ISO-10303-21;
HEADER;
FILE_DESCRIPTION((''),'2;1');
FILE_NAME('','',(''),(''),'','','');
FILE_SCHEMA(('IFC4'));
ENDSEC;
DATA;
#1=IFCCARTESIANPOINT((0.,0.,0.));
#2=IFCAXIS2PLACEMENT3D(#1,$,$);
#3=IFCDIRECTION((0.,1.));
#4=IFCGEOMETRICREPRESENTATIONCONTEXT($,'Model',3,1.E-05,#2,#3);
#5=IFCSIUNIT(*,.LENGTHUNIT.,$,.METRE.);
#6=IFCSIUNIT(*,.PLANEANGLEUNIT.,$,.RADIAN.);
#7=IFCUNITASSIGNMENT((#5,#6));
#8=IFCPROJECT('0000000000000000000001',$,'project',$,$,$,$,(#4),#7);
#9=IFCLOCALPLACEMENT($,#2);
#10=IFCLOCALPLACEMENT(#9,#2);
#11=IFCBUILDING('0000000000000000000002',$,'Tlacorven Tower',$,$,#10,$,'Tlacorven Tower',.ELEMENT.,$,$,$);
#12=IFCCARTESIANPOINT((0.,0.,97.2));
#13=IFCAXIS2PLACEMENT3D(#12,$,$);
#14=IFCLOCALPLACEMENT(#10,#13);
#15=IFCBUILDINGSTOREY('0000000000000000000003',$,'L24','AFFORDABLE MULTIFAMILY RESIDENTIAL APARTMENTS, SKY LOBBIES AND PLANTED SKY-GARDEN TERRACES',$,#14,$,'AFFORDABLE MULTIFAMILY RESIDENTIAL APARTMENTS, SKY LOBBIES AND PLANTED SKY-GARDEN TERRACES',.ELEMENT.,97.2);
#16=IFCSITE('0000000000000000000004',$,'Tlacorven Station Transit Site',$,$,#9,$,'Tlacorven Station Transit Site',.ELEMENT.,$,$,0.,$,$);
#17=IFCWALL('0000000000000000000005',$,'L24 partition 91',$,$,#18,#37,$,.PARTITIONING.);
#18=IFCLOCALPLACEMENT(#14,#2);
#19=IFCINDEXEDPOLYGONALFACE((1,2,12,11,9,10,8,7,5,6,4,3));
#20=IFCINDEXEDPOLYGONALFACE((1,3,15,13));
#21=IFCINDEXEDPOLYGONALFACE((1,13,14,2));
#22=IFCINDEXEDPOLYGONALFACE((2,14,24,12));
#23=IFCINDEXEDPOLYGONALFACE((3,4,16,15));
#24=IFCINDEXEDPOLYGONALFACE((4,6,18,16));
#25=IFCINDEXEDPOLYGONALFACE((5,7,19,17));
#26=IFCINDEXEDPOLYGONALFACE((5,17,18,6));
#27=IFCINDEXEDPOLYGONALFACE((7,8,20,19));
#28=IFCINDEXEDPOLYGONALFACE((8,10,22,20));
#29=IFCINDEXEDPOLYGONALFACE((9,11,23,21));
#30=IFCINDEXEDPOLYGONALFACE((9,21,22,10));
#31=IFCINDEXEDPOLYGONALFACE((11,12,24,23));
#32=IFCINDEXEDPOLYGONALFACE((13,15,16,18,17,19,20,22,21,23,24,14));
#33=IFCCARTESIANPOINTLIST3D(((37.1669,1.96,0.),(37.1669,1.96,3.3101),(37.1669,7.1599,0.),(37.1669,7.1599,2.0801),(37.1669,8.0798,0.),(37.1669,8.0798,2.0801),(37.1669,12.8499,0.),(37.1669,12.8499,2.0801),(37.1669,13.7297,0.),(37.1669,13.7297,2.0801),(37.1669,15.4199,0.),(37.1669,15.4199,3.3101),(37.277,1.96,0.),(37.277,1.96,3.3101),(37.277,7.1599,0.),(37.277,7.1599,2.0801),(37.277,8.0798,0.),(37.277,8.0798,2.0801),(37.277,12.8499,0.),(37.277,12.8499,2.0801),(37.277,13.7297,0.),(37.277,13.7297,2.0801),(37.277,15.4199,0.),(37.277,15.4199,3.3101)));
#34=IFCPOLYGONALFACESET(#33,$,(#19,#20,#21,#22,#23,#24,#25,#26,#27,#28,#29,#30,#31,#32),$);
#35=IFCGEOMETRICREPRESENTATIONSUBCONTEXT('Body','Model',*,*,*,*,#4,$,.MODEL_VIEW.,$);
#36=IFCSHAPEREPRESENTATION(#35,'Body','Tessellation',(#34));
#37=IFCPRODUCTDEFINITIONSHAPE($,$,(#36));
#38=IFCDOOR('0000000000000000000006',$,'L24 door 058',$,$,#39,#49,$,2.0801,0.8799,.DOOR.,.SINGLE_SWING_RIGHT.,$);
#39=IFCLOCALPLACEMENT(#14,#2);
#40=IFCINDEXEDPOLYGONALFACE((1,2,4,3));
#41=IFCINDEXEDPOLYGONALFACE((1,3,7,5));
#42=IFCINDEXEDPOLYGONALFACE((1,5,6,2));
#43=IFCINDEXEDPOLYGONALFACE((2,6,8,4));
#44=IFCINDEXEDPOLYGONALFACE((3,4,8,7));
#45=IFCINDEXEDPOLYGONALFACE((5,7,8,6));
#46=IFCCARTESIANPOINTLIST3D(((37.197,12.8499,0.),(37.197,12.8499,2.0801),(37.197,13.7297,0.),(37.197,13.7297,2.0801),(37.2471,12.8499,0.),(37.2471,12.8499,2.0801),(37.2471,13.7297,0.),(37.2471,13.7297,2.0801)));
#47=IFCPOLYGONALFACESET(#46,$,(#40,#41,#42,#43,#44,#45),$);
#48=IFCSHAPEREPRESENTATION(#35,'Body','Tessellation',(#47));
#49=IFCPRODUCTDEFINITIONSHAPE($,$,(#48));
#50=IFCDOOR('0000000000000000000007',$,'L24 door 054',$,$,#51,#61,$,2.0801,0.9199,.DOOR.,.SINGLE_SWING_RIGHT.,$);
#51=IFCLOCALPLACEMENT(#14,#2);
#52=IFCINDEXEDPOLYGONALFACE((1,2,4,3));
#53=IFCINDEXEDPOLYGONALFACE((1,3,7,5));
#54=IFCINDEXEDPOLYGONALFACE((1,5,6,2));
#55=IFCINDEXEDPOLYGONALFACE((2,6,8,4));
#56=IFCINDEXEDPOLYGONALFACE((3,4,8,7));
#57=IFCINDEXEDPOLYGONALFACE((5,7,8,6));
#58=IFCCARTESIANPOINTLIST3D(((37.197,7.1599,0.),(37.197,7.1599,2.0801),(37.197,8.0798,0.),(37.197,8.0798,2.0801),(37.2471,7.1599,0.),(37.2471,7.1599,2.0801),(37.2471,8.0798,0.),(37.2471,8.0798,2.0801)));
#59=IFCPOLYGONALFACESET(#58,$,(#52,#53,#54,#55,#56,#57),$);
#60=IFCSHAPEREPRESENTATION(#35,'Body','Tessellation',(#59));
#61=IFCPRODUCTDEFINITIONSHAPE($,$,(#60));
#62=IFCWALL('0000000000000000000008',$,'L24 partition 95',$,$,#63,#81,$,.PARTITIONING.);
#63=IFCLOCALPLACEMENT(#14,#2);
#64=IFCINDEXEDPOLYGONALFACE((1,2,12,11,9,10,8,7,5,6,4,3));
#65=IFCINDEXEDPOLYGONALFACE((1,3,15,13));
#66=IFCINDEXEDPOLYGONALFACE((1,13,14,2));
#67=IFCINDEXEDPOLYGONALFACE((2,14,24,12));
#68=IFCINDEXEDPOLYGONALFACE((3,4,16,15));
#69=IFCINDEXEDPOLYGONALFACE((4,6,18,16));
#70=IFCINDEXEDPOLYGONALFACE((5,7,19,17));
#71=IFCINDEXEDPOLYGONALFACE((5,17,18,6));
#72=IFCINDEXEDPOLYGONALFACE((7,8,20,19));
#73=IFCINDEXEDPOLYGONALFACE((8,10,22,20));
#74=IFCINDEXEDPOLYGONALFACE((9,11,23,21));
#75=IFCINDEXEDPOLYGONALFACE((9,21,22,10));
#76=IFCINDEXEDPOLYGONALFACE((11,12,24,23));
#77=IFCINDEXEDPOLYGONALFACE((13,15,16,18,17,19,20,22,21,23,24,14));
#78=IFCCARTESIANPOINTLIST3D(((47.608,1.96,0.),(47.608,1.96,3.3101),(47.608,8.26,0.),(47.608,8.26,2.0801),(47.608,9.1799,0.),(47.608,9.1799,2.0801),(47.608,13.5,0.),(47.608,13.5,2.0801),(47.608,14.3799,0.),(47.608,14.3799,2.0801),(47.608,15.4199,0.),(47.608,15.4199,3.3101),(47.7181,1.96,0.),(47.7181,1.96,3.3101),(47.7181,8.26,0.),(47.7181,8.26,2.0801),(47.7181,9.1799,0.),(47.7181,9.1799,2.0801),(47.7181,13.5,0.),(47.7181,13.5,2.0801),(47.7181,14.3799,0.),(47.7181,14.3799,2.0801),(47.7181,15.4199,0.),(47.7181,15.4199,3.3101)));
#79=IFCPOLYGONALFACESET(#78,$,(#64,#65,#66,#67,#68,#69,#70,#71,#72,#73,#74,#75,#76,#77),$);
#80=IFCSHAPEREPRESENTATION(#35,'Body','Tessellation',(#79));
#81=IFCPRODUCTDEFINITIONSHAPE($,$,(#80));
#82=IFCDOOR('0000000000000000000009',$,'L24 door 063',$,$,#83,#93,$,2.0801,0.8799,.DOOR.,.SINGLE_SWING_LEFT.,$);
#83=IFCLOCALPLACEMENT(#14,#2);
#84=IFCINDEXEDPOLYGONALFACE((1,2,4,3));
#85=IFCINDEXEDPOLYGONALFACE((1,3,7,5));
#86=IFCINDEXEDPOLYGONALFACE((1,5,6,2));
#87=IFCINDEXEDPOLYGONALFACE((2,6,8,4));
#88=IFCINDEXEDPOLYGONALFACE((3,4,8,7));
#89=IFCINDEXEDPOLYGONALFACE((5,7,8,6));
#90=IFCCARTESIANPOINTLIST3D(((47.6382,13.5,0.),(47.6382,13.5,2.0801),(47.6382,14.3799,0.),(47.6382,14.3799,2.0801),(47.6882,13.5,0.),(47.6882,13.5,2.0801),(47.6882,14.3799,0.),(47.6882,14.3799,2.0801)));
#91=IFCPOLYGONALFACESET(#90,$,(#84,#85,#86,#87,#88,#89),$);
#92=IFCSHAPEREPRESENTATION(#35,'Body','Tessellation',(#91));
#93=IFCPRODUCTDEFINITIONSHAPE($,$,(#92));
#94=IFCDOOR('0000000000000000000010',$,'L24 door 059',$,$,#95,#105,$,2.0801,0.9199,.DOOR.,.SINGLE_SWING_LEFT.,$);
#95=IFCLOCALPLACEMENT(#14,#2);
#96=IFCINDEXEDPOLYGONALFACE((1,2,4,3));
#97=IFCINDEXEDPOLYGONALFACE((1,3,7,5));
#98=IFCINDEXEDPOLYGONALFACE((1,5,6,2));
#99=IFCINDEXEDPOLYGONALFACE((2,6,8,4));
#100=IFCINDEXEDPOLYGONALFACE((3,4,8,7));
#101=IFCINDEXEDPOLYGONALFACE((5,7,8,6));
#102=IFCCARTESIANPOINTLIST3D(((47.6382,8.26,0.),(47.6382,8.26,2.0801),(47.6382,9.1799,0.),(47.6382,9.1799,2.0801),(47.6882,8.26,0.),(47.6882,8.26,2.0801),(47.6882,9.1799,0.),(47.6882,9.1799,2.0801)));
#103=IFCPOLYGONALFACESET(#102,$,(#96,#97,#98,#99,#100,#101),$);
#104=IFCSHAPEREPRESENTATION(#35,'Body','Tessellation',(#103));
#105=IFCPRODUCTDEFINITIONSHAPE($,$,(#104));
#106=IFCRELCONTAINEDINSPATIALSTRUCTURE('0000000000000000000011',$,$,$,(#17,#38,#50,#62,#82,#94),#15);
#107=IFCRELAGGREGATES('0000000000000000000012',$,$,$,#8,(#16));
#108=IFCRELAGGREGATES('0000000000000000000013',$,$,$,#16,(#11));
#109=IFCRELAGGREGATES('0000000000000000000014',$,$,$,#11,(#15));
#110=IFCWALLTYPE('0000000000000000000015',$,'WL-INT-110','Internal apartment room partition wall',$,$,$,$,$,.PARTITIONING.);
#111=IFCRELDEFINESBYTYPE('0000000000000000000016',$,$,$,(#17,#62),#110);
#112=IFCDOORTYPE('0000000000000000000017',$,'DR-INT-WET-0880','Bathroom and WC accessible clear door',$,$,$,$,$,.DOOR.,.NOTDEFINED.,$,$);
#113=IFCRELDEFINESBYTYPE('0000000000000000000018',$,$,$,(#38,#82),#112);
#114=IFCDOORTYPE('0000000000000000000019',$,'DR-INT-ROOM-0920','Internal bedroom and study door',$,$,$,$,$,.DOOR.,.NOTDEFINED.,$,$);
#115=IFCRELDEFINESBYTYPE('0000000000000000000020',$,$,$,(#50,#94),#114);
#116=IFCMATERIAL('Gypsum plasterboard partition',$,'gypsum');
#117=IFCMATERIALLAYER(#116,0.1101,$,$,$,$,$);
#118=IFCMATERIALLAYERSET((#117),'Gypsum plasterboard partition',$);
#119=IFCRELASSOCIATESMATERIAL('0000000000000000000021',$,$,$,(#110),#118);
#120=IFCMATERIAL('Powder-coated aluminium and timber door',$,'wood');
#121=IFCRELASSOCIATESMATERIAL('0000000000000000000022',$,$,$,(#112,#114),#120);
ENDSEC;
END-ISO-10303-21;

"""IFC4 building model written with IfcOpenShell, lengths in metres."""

from ifc_helpers import new_model, si_unit, direction, frame, frame_2d, origin, place, context, subcontext, project, spatial, rectangle, extrude, source, transform, mapped, material, layer, layer_set, type_object, element, fill, save


model = new_model("IFC4")

# Units and contexts
model_context = context("Model", 3, precision=1e-05, world=origin(), true_north=direction((0.0, 1.0)))
body_context = subcontext(model_context, "Body", "Model", "MODEL_VIEW")
ifc_project = project(units=[si_unit("LENGTHUNIT", "METRE"), si_unit("PLANEANGLEUNIT", "RADIAN")], contexts=[model_context])

# Site, building, storey
site_placement = place(None, origin())
site = spatial("IfcSite", under=ifc_project, at=site_placement, Name="Tlacorven Station Transit Site", LongName="Tlacorven Station Transit Site", CompositionType="ELEMENT", RefElevation=0.0)
building_placement = place(site_placement, origin())
building = spatial("IfcBuilding", under=site, at=building_placement, Name="Tlacorven Tower", LongName="Tlacorven Tower", CompositionType="ELEMENT")
storey_placement = place(building_placement, frame((0.0, 0.0, 97.2)))
storey = spatial("IfcBuildingStorey", under=building, at=storey_placement, Name="L24", Description="AFFORDABLE MULTIFAMILY RESIDENTIAL APARTMENTS, SKY LOBBIES AND PLANTED SKY-GARDEN TERRACES", LongName="AFFORDABLE MULTIFAMILY RESIDENTIAL APARTMENTS, SKY LOBBIES AND PLANTED SKY-GARDEN TERRACES", CompositionType="ELEMENT", Elevation=97.2)

# Walls, openings, doors
ifc_material_1 = material(Name="Gypsum plasterboard partition", Category="gypsum")
ifc_layer_1 = layer(ifc_material_1, 0.1101)
ifc_layer_set_1 = layer_set([ifc_layer_1], Name="Gypsum plasterboard partition")
wall_type_1 = type_object("IfcWallType", Name="WL-INT-110", Description="Internal apartment room partition wall", PredefinedType="PARTITIONING", material=ifc_layer_set_1)
wall_1_placement = place(storey_placement, frame((37.2219, 1.96, 0.0), z_axis=(0.0, 0.0, 1.0), x_axis=(0.0, 1.0, 0.0)))
wall_1 = element("IfcWall", 1, at=wall_1_placement, inside=storey, type_object=wall_type_1, Name="L24 partition 91", PredefinedType="PARTITIONING", context=body_context, shape_type="SweptSolid", body=[
    extrude(rectangle(XDim=13.46, YDim=0.1101, at=frame_2d((6.73, 0.0))), origin(), (0.0, 0.0, 1.0), 3.3101),
])
opening_1_placement = place(wall_1_placement, frame((5.2, 0.0, 0.0)))
opening_1 = element("IfcOpeningElement", 2, at=opening_1_placement, cuts=wall_1, PredefinedType="OPENING", context=body_context, shape_type="SweptSolid", body=[
    extrude(rectangle(XDim=0.9199, YDim=2.0801, at=frame_2d((0.46, 1.04))), frame((0.0, 0.0649, 0.0), z_axis=(0.0, -1.0, 0.0), x_axis=(1.0, 0.0, 0.0)), (0.0, 0.0, 1.0), 0.1301),
])
opening_2_placement = place(wall_1_placement, frame((10.8899, 0.0, 0.0)))
opening_2 = element("IfcOpeningElement", 3, at=opening_2_placement, cuts=wall_1, PredefinedType="OPENING", context=body_context, shape_type="SweptSolid", body=[
    extrude(rectangle(XDim=0.8799, YDim=2.0801, at=frame_2d((0.4399, 1.04))), frame((0.0, 0.0649, 0.0), z_axis=(0.0, -1.0, 0.0), x_axis=(1.0, 0.0, 0.0)), (0.0, 0.0, 1.0), 0.1301),
])
ifc_material_2 = material(Name="Powder-coated aluminium and timber door", Category="wood")
door_type_1 = type_object("IfcDoorType", Name="DR-INT-WET-0880", Description="Bathroom and WC accessible clear door", OperationType="NOTDEFINED", PredefinedType="DOOR", material=ifc_material_2)
shared_shape_1 = source(origin(), body_context, "Body", "SweptSolid", [
    extrude(rectangle(XDim=0.8799, YDim=2.0801, at=frame_2d((0.4399, 1.04))), frame((0.0, 0.0249, 0.0), z_axis=(0.0, -1.0, 0.0), x_axis=(1.0, 0.0, 0.0)), (0.0, 0.0, 1.0), 0.05),
])
door_1_placement = place(opening_2_placement, origin())
door_1 = element("IfcDoor", 4, at=door_1_placement, inside=storey, type_object=door_type_1, Name="L24 door 058", OperationType="SINGLE_SWING_RIGHT", OverallHeight=2.0801, OverallWidth=0.8799, PredefinedType="DOOR", context=body_context, shape_type="MappedRepresentation", body=[
    mapped(shared_shape_1, transform((0.0, 0.0, 0.0), scale=1.0)),
])
fill(opening_2, door_1)
door_type_2 = type_object("IfcDoorType", Name="DR-INT-ROOM-0920", Description="Internal bedroom and study door", OperationType="NOTDEFINED", PredefinedType="DOOR", material=ifc_material_2)
shared_shape_2 = source(origin(), body_context, "Body", "SweptSolid", [
    extrude(rectangle(XDim=0.9199, YDim=2.0801, at=frame_2d((0.46, 1.04))), frame((0.0, 0.0249, 0.0), z_axis=(0.0, -1.0, 0.0), x_axis=(1.0, 0.0, 0.0)), (0.0, 0.0, 1.0), 0.05),
])
door_2_placement = place(opening_1_placement, origin())
door_2 = element("IfcDoor", 5, at=door_2_placement, inside=storey, type_object=door_type_2, Name="L24 door 054", OperationType="SINGLE_SWING_RIGHT", OverallHeight=2.0801, OverallWidth=0.9199, PredefinedType="DOOR", context=body_context, shape_type="MappedRepresentation", body=[
    mapped(shared_shape_2, transform((0.0, 0.0, 0.0), scale=1.0)),
])
fill(opening_1, door_2)
wall_2_placement = place(storey_placement, frame((47.6631, 1.96, 0.0), z_axis=(0.0, 0.0, 1.0), x_axis=(0.0, 1.0, 0.0)))
wall_2 = element("IfcWall", 6, at=wall_2_placement, inside=storey, type_object=wall_type_1, Name="L24 partition 95", PredefinedType="PARTITIONING", context=body_context, shape_type="SweptSolid", body=[
    extrude(rectangle(XDim=13.46, YDim=0.1101, at=frame_2d((6.73, 0.0))), origin(), (0.0, 0.0, 1.0), 3.3101),
])
opening_3_placement = place(wall_2_placement, frame((6.3, 0.0, 0.0)))
opening_3 = element("IfcOpeningElement", 7, at=opening_3_placement, cuts=wall_2, PredefinedType="OPENING", context=body_context, shape_type="SweptSolid", body=[
    extrude(rectangle(XDim=0.9199, YDim=2.0801, at=frame_2d((0.46, 1.04))), frame((0.0, 0.0649, 0.0), z_axis=(0.0, -1.0, 0.0), x_axis=(1.0, 0.0, 0.0)), (0.0, 0.0, 1.0), 0.1301),
])
opening_4_placement = place(wall_2_placement, frame((11.54, 0.0, 0.0)))
opening_4 = element("IfcOpeningElement", 8, at=opening_4_placement, cuts=wall_2, PredefinedType="OPENING", context=body_context, shape_type="SweptSolid", body=[
    extrude(rectangle(XDim=0.8799, YDim=2.0801, at=frame_2d((0.4399, 1.04))), frame((0.0, 0.0649, 0.0), z_axis=(0.0, -1.0, 0.0), x_axis=(1.0, 0.0, 0.0)), (0.0, 0.0, 1.0), 0.1301),
])
door_3_placement = place(opening_4_placement, origin())
door_3 = element("IfcDoor", 9, at=door_3_placement, inside=storey, type_object=door_type_1, Name="L24 door 063", OperationType="SINGLE_SWING_LEFT", OverallHeight=2.0801, OverallWidth=0.8799, PredefinedType="DOOR", context=body_context, shape_type="MappedRepresentation", body=[
    mapped(shared_shape_1, transform((0.0, 0.0, 0.0), scale=1.0)),
])
fill(opening_4, door_3)
door_4_placement = place(opening_3_placement, origin())
door_4 = element("IfcDoor", 10, at=door_4_placement, inside=storey, type_object=door_type_2, Name="L24 door 059", OperationType="SINGLE_SWING_LEFT", OverallHeight=2.0801, OverallWidth=0.9199, PredefinedType="DOOR", context=body_context, shape_type="MappedRepresentation", body=[
    mapped(shared_shape_2, transform((0.0, 0.0, 0.0), scale=1.0)),
])
fill(opening_3, door_4)

save(model, "model.ifc")
